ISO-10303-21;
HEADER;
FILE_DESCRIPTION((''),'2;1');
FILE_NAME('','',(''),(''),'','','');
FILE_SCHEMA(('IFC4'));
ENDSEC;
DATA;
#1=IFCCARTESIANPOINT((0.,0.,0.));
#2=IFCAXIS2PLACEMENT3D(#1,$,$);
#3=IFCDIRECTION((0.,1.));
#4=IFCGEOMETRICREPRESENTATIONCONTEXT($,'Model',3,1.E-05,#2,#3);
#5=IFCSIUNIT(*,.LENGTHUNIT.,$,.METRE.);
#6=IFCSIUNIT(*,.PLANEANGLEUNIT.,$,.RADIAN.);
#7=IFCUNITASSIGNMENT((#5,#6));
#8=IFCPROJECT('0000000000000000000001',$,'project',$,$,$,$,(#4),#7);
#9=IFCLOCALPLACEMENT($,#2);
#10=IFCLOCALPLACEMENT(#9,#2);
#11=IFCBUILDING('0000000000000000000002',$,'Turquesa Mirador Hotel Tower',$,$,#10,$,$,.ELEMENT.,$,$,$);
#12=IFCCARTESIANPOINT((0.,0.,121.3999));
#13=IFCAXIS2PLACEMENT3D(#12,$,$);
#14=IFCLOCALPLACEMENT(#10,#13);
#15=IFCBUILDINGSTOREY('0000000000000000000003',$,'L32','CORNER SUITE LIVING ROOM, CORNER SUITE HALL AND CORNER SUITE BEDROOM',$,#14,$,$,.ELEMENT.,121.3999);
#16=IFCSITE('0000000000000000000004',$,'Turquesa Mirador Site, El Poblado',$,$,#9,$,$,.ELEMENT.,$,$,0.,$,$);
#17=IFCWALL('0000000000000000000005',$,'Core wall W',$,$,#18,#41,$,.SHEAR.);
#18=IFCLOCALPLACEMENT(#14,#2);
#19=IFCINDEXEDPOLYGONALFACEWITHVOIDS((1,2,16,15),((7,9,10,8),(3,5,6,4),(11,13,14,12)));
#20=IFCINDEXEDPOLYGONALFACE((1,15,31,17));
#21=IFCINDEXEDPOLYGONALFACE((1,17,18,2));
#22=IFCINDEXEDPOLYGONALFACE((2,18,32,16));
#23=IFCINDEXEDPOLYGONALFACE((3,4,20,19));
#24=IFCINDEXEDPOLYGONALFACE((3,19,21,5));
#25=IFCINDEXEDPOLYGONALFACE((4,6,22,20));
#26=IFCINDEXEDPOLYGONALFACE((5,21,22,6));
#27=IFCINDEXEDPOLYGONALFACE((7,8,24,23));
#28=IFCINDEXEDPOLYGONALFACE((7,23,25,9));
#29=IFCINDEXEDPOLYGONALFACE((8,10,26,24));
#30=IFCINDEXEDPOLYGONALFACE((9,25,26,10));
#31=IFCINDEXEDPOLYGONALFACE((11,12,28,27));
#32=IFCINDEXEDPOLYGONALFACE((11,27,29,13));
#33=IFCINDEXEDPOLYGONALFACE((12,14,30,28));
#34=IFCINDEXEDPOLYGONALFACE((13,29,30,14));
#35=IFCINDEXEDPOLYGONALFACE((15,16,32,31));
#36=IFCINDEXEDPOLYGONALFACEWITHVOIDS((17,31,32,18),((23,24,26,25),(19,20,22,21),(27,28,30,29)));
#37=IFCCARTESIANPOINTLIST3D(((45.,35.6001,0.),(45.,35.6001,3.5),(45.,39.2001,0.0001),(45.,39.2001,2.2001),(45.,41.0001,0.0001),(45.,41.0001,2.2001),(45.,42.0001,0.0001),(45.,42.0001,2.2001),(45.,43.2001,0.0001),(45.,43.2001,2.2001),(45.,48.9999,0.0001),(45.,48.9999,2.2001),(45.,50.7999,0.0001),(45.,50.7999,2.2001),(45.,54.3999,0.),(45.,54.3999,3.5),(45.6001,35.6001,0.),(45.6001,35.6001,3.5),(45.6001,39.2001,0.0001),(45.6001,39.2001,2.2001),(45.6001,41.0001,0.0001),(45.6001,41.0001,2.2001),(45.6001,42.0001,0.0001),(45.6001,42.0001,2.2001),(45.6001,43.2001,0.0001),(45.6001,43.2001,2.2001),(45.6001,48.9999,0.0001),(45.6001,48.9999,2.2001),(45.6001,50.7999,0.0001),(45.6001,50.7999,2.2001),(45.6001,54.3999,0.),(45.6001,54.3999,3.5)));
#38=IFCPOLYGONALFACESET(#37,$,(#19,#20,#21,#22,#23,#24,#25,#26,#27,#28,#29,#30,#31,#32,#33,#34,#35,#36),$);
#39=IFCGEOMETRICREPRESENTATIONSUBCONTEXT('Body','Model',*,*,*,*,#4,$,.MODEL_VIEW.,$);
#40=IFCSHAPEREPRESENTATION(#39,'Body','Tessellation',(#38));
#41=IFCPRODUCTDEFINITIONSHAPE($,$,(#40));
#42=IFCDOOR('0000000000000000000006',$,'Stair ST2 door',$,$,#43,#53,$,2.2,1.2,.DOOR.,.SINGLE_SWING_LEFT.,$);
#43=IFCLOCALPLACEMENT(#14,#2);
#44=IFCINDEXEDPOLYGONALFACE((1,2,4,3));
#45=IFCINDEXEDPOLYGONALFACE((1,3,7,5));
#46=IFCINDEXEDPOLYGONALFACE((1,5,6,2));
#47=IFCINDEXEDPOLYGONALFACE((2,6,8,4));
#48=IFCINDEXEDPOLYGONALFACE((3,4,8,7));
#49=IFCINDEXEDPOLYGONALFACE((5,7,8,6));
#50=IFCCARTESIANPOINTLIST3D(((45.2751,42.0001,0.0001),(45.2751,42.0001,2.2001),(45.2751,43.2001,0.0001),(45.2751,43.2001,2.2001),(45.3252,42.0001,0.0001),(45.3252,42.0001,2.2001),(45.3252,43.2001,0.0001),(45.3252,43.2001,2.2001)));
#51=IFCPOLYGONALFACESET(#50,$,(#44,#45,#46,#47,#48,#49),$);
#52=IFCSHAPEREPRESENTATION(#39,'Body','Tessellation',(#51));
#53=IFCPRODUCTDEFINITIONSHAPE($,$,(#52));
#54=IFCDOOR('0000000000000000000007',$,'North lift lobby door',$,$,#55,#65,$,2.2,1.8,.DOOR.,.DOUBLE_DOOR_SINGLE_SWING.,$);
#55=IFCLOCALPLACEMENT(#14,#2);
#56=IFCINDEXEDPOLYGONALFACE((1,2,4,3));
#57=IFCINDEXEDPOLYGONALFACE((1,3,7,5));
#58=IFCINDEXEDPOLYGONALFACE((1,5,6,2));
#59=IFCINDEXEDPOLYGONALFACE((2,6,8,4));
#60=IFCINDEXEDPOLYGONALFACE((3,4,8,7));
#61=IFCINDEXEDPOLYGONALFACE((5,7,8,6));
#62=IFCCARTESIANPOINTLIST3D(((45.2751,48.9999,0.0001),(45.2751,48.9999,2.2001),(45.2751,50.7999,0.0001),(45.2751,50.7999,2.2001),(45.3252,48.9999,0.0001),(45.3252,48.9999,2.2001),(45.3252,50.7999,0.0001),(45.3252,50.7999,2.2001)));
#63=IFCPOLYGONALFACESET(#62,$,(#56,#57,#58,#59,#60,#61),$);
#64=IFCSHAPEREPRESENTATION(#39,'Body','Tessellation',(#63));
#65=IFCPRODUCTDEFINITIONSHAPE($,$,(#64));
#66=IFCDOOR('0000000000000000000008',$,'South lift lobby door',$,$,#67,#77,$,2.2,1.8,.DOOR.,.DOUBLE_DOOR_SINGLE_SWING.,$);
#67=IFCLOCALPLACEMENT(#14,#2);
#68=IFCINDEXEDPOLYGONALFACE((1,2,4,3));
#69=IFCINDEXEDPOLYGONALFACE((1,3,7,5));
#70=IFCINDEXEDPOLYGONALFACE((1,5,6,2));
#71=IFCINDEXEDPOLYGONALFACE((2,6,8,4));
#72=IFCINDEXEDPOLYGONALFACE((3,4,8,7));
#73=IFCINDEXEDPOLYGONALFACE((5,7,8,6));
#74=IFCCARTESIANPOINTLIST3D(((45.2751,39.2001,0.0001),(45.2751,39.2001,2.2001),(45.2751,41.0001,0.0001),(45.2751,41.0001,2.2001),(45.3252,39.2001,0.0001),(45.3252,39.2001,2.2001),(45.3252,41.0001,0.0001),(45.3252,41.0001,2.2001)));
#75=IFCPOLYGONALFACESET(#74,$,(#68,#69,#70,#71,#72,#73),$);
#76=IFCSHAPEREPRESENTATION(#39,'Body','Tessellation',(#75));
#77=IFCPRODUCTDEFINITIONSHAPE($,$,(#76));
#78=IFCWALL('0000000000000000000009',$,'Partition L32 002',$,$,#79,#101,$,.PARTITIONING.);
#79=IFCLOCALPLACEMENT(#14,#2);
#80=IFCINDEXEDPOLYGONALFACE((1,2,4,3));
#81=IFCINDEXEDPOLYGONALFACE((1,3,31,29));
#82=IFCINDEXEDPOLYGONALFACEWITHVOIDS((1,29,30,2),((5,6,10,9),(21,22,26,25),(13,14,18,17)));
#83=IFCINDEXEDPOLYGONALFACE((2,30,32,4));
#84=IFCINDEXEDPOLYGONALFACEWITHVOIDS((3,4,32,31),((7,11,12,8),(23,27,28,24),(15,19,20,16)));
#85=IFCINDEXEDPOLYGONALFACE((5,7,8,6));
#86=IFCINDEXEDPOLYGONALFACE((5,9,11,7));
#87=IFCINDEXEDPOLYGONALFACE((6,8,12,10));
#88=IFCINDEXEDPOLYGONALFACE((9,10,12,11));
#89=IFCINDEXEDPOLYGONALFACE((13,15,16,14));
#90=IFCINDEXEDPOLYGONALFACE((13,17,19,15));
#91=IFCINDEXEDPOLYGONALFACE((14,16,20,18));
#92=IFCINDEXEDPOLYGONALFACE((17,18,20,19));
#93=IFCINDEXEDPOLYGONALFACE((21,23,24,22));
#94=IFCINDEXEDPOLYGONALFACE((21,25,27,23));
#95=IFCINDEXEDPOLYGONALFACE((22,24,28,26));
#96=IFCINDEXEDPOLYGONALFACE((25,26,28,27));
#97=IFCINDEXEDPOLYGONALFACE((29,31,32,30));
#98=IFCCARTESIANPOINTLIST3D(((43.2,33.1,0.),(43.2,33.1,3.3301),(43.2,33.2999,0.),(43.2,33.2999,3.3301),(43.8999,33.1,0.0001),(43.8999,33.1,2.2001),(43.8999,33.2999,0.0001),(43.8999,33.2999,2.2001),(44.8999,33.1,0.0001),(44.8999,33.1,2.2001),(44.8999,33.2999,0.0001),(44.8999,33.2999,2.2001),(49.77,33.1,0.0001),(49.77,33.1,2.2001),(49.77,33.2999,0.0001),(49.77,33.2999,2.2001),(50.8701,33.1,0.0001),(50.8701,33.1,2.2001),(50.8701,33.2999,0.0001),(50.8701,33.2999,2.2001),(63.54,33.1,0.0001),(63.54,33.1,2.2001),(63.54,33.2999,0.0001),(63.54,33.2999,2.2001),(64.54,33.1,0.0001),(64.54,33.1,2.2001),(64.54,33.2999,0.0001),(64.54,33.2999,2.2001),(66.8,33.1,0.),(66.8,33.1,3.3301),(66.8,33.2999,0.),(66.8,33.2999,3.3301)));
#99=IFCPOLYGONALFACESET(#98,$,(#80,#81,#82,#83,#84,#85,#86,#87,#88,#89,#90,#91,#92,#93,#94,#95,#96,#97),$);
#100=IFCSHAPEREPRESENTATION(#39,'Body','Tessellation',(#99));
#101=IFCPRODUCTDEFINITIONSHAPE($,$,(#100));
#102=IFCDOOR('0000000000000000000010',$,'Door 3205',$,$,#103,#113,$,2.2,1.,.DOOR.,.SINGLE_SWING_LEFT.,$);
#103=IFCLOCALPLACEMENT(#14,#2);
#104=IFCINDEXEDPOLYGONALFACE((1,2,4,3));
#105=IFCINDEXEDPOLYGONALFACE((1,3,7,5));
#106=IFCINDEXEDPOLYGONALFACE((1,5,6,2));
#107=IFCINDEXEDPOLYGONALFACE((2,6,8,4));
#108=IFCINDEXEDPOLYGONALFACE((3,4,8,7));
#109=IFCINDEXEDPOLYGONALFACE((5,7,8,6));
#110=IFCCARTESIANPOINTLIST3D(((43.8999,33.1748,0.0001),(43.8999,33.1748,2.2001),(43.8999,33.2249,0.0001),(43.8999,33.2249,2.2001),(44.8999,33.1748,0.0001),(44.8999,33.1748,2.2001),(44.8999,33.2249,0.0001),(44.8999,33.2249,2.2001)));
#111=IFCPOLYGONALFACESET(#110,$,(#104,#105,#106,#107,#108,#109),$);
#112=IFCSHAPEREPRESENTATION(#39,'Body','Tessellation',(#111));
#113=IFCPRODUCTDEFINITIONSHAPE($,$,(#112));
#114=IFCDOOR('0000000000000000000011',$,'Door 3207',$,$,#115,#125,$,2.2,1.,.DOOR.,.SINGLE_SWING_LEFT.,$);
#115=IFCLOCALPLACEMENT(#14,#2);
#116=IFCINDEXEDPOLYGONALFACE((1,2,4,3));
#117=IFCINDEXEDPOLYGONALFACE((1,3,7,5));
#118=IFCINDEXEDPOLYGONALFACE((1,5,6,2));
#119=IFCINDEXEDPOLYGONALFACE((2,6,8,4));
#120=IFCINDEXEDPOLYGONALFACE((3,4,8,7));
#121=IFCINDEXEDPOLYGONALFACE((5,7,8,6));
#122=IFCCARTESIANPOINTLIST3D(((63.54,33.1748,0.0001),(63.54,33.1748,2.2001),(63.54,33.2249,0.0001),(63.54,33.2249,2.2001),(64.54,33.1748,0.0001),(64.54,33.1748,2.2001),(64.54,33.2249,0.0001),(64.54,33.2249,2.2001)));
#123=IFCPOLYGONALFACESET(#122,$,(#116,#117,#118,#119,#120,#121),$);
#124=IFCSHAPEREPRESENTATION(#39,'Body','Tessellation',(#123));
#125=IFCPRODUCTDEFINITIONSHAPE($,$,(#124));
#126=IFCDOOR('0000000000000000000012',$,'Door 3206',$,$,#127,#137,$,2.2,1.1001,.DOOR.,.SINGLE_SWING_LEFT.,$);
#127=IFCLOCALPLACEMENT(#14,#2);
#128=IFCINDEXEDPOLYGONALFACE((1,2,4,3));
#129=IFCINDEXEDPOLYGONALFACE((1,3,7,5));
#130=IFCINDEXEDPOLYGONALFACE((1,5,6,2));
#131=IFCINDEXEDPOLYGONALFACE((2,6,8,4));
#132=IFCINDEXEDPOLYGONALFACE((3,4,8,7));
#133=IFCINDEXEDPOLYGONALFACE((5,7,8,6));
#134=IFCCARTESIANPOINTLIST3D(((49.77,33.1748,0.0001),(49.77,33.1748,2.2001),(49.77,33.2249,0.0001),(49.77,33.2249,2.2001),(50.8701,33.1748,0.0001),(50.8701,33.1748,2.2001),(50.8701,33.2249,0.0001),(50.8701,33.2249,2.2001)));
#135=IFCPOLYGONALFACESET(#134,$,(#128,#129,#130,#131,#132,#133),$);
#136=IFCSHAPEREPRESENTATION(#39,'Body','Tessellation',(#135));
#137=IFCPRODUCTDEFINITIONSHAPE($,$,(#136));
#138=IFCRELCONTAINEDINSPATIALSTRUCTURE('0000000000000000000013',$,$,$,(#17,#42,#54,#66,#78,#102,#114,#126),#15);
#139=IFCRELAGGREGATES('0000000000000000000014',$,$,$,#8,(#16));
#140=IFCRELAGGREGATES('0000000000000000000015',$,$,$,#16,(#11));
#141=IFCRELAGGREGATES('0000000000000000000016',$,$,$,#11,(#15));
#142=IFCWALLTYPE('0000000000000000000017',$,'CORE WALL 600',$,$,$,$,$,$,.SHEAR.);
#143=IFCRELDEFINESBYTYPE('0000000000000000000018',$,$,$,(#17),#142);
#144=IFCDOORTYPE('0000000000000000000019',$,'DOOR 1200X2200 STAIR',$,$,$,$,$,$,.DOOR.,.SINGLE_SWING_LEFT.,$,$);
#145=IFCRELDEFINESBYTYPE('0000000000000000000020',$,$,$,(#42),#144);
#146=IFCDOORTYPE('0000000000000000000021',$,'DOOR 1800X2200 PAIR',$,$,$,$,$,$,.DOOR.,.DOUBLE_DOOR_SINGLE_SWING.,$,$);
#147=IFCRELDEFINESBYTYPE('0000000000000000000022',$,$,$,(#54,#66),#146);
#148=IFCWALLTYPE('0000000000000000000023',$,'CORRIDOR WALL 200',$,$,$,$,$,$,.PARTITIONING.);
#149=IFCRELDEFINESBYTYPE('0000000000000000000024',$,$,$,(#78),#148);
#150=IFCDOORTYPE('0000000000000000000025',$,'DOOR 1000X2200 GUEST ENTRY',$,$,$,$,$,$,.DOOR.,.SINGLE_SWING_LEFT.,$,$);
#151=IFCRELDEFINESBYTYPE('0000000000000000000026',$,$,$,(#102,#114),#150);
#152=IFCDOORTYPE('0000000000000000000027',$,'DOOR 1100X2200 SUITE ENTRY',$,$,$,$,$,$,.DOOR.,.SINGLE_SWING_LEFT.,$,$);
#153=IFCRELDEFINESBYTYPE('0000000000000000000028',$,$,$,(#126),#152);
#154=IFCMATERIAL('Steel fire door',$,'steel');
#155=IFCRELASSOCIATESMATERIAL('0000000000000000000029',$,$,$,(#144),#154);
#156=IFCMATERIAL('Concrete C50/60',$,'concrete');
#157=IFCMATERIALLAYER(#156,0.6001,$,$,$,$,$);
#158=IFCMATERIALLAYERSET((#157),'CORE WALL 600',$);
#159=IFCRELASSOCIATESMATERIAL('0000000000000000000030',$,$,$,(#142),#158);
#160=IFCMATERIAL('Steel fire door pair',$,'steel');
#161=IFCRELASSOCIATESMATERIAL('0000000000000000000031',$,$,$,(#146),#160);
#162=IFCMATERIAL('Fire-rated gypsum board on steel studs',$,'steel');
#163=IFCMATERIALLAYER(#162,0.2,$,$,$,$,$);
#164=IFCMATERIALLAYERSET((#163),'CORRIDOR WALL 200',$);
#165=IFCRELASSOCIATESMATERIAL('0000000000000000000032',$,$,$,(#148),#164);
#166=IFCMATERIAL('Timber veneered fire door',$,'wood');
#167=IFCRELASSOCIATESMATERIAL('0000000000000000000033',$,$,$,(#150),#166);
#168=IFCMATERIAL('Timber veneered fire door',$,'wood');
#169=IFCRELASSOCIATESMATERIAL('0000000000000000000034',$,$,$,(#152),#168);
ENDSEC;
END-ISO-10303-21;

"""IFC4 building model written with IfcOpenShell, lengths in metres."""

from ifc_helpers import new_model, si_unit, direction, frame, frame_2d, origin, place, context, subcontext, project, spatial, rectangle, extrude, material, layer, layer_set, type_object, element, fill, save


model = new_model("IFC4")

# Units and contexts
model_context = context("Model", 3, precision=1e-05, world=origin(), true_north=direction((0.0, 1.0)))
body_context = subcontext(model_context, "Body", "Model", "MODEL_VIEW")
ifc_project = project(units=[si_unit("LENGTHUNIT", "METRE"), si_unit("PLANEANGLEUNIT", "RADIAN")], contexts=[model_context])

# Site, building, storey
site_placement = place(None, origin())
site = spatial("IfcSite", under=ifc_project, at=site_placement, Name="Turquesa Mirador Site, El Poblado", CompositionType="ELEMENT", RefElevation=0.0)
building_placement = place(site_placement, origin())
building = spatial("IfcBuilding", under=site, at=building_placement, Name="Turquesa Mirador Hotel Tower", CompositionType="ELEMENT")
storey_placement = place(building_placement, frame((0.0, 0.0, 121.3999)))
storey = spatial("IfcBuildingStorey", under=building, at=storey_placement, Name="L32", Description="CORNER SUITE LIVING ROOM, CORNER SUITE HALL AND CORNER SUITE BEDROOM", CompositionType="ELEMENT", Elevation=121.3999)

# Shared definitions
ifc_material_1 = material(Name="Steel fire door", Category="steel")
door_type_1 = type_object("IfcDoorType", Name="DOOR 1200X2200 STAIR", OperationType="SINGLE_SWING_LEFT", PredefinedType="DOOR", material=ifc_material_1)

# Shared definitions
ifc_material_2 = material(Name="Concrete C50/60", Category="concrete")
ifc_layer_1 = layer(ifc_material_2, 0.6001)
ifc_layer_set_1 = layer_set([ifc_layer_1], Name="CORE WALL 600")
wall_type_1 = type_object("IfcWallType", Name="CORE WALL 600", PredefinedType="SHEAR", material=ifc_layer_set_1)

# Walls, openings, doors
wall_1_placement = place(storey_placement, frame((45.3, 35.6001, 0.0), z_axis=(0.0, 0.0, 1.0), x_axis=(0.0, 1.0, 0.0)))
wall_1 = element("IfcWall", 1, at=wall_1_placement, inside=storey, type_object=wall_type_1, Name="Core wall W", PredefinedType="SHEAR", context=body_context, shape_type="SweptSolid", body=[
    extrude(rectangle(XDim=18.7998, YDim=0.6001, at=frame_2d((9.3999, 0.0))), origin(), (0.0, 0.0, 1.0), 3.5),
])
opening_1_placement = place(wall_1_placement, frame((13.3999, 0.0, 0.0)))
opening_1 = element("IfcOpeningElement", 2, at=opening_1_placement, cuts=wall_1, PredefinedType="OPENING", context=body_context, shape_type="SweptSolid", body=[
    extrude(rectangle(XDim=1.8, YDim=2.2, at=frame_2d((0.8999, 1.1001))), frame((0.0, 0.3101, 0.0), z_axis=(0.0, -1.0, 0.0), x_axis=(1.0, 0.0, 0.0)), (0.0, 0.0, 1.0), 0.6201),
])
opening_2_placement = place(wall_1_placement, frame((3.6001, 0.0, 0.0)))
opening_2 = element("IfcOpeningElement", 3, at=opening_2_placement, cuts=wall_1, PredefinedType="OPENING", context=body_context, shape_type="SweptSolid", body=[
    extrude(rectangle(XDim=1.8, YDim=2.2, at=frame_2d((0.8999, 1.1001))), frame((0.0, 0.3101, 0.0), z_axis=(0.0, -1.0, 0.0), x_axis=(1.0, 0.0, 0.0)), (0.0, 0.0, 1.0), 0.6201),
])
opening_3_placement = place(wall_1_placement, frame((6.3999, 0.0, 0.0)))
opening_3 = element("IfcOpeningElement", 4, at=opening_3_placement, cuts=wall_1, PredefinedType="OPENING", context=body_context, shape_type="SweptSolid", body=[
    extrude(rectangle(XDim=1.2, YDim=2.2, at=frame_2d((0.6001, 1.1001))), frame((0.0, 0.3101, 0.0), z_axis=(0.0, -1.0, 0.0), x_axis=(1.0, 0.0, 0.0)), (0.0, 0.0, 1.0), 0.6201),
])
door_1_placement = place(opening_3_placement, origin())
door_1 = element("IfcDoor", 5, at=door_1_placement, inside=storey, type_object=door_type_1, Name="Stair ST2 door", OperationType="SINGLE_SWING_LEFT", OverallHeight=2.2, OverallWidth=1.2, PredefinedType="DOOR", context=body_context, shape_type="SweptSolid", body=[
    extrude(rectangle(XDim=1.2, YDim=2.2, at=frame_2d((0.6001, 1.1001))), frame((0.0, 0.0249, 0.0), z_axis=(0.0, -1.0, 0.0), x_axis=(1.0, 0.0, 0.0)), (0.0, 0.0, 1.0), 0.05),
])
fill(opening_3, door_1)
ifc_material_3 = material(Name="Steel fire door pair", Category="steel")
door_type_2 = type_object("IfcDoorType", Name="DOOR 1800X2200 PAIR", OperationType="DOUBLE_DOOR_SINGLE_SWING", PredefinedType="DOOR", material=ifc_material_3)
door_2_placement = place(opening_1_placement, origin())
door_2 = element("IfcDoor", 6, at=door_2_placement, inside=storey, type_object=door_type_2, Name="North lift lobby door", OperationType="DOUBLE_DOOR_SINGLE_SWING", OverallHeight=2.2, OverallWidth=1.8, PredefinedType="DOOR", context=body_context, shape_type="SweptSolid", body=[
    extrude(rectangle(XDim=1.8, YDim=2.2, at=frame_2d((0.8999, 1.1001))), frame((0.0, 0.0249, 0.0), z_axis=(0.0, -1.0, 0.0), x_axis=(1.0, 0.0, 0.0)), (0.0, 0.0, 1.0), 0.05),
])
fill(opening_1, door_2)
door_3_placement = place(opening_2_placement, origin())
door_3 = element("IfcDoor", 7, at=door_3_placement, inside=storey, type_object=door_type_2, Name="South lift lobby door", OperationType="DOUBLE_DOOR_SINGLE_SWING", OverallHeight=2.2, OverallWidth=1.8, PredefinedType="DOOR", context=body_context, shape_type="SweptSolid", body=[
    extrude(rectangle(XDim=1.8, YDim=2.2, at=frame_2d((0.8999, 1.1001))), frame((0.0, 0.0249, 0.0), z_axis=(0.0, -1.0, 0.0), x_axis=(1.0, 0.0, 0.0)), (0.0, 0.0, 1.0), 0.05),
])
fill(opening_2, door_3)
ifc_material_4 = material(Name="Fire-rated gypsum board on steel studs", Category="steel")
ifc_layer_2 = layer(ifc_material_4, 0.2)
ifc_layer_set_2 = layer_set([ifc_layer_2], Name="CORRIDOR WALL 200")
wall_type_2 = type_object("IfcWallType", Name="CORRIDOR WALL 200", PredefinedType="PARTITIONING", material=ifc_layer_set_2)
wall_2_placement = place(storey_placement, frame((43.2, 33.2, 0.0), z_axis=(0.0, 0.0, 1.0), x_axis=(1.0, 0.0, 0.0)))
wall_2 = element("IfcWall", 8, at=wall_2_placement, inside=storey, type_object=wall_type_2, Name="Partition L32 002", PredefinedType="PARTITIONING", context=body_context, shape_type="SweptSolid", body=[
    extrude(rectangle(XDim=23.6001, YDim=0.2, at=frame_2d((11.8, 0.0))), origin(), (0.0, 0.0, 1.0), 3.3301),
])
opening_4_placement = place(wall_2_placement, frame((0.7, 0.0, 0.0)))
opening_4 = element("IfcOpeningElement", 9, at=opening_4_placement, cuts=wall_2, PredefinedType="OPENING", context=body_context, shape_type="SweptSolid", body=[
    extrude(rectangle(XDim=1.0, YDim=2.2, at=frame_2d((0.5, 1.1001))), frame((0.0, 0.1099, 0.0), z_axis=(0.0, -1.0, 0.0), x_axis=(1.0, 0.0, 0.0)), (0.0, 0.0, 1.0), 0.22),
])
opening_5_placement = place(wall_2_placement, frame((6.5701, 0.0, 0.0)))
opening_5 = element("IfcOpeningElement", 10, at=opening_5_placement, cuts=wall_2, PredefinedType="OPENING", context=body_context, shape_type="SweptSolid", body=[
    extrude(rectangle(XDim=1.1001, YDim=2.2, at=frame_2d((0.55, 1.1001))), frame((0.0, 0.1099, 0.0), z_axis=(0.0, -1.0, 0.0), x_axis=(1.0, 0.0, 0.0)), (0.0, 0.0, 1.0), 0.22),
])
opening_6_placement = place(wall_2_placement, frame((20.3401, 0.0, 0.0)))
opening_6 = element("IfcOpeningElement", 11, at=opening_6_placement, cuts=wall_2, PredefinedType="OPENING", context=body_context, shape_type="SweptSolid", body=[
    extrude(rectangle(XDim=1.0, YDim=2.2, at=frame_2d((0.5, 1.1001))), frame((0.0, 0.1099, 0.0), z_axis=(0.0, -1.0, 0.0), x_axis=(1.0, 0.0, 0.0)), (0.0, 0.0, 1.0), 0.22),
])
ifc_material_5 = material(Name="Timber veneered fire door", Category="wood")
door_type_3 = type_object("IfcDoorType", Name="DOOR 1000X2200 GUEST ENTRY", OperationType="SINGLE_SWING_LEFT", PredefinedType="DOOR", material=ifc_material_5)
door_4_placement = place(opening_4_placement, origin())
door_4 = element("IfcDoor", 12, at=door_4_placement, inside=storey, type_object=door_type_3, Name="Door 3205", OperationType="SINGLE_SWING_LEFT", OverallHeight=2.2, OverallWidth=1.0, PredefinedType="DOOR", context=body_context, shape_type="SweptSolid", body=[
    extrude(rectangle(XDim=1.0, YDim=2.2, at=frame_2d((0.5, 1.1001))), frame((0.0, 0.0249, 0.0), z_axis=(0.0, -1.0, 0.0), x_axis=(1.0, 0.0, 0.0)), (0.0, 0.0, 1.0), 0.05),
])
fill(opening_4, door_4)
door_5_placement = place(opening_6_placement, origin())
door_5 = element("IfcDoor", 13, at=door_5_placement, inside=storey, type_object=door_type_3, Name="Door 3207", OperationType="SINGLE_SWING_LEFT", OverallHeight=2.2, OverallWidth=1.0, PredefinedType="DOOR", context=body_context, shape_type="SweptSolid", body=[
    extrude(rectangle(XDim=1.0, YDim=2.2, at=frame_2d((0.5, 1.1001))), frame((0.0, 0.0249, 0.0), z_axis=(0.0, -1.0, 0.0), x_axis=(1.0, 0.0, 0.0)), (0.0, 0.0, 1.0), 0.05),
])
fill(opening_6, door_5)
ifc_material_6 = material(Name="Timber veneered fire door", Category="wood")
door_type_4 = type_object("IfcDoorType", Name="DOOR 1100X2200 SUITE ENTRY", OperationType="SINGLE_SWING_LEFT", PredefinedType="DOOR", material=ifc_material_6)
door_6_placement = place(opening_5_placement, origin())
door_6 = element("IfcDoor", 14, at=door_6_placement, inside=storey, type_object=door_type_4, Name="Door 3206", OperationType="SINGLE_SWING_LEFT", OverallHeight=2.2, OverallWidth=1.1001, PredefinedType="DOOR", context=body_context, shape_type="SweptSolid", body=[
    extrude(rectangle(XDim=1.1001, YDim=2.2, at=frame_2d((0.55, 1.1001))), frame((0.0, 0.0249, 0.0), z_axis=(0.0, -1.0, 0.0), x_axis=(1.0, 0.0, 0.0)), (0.0, 0.0, 1.0), 0.05),
])
fill(opening_5, door_6)

save(model, "model.ifc")
